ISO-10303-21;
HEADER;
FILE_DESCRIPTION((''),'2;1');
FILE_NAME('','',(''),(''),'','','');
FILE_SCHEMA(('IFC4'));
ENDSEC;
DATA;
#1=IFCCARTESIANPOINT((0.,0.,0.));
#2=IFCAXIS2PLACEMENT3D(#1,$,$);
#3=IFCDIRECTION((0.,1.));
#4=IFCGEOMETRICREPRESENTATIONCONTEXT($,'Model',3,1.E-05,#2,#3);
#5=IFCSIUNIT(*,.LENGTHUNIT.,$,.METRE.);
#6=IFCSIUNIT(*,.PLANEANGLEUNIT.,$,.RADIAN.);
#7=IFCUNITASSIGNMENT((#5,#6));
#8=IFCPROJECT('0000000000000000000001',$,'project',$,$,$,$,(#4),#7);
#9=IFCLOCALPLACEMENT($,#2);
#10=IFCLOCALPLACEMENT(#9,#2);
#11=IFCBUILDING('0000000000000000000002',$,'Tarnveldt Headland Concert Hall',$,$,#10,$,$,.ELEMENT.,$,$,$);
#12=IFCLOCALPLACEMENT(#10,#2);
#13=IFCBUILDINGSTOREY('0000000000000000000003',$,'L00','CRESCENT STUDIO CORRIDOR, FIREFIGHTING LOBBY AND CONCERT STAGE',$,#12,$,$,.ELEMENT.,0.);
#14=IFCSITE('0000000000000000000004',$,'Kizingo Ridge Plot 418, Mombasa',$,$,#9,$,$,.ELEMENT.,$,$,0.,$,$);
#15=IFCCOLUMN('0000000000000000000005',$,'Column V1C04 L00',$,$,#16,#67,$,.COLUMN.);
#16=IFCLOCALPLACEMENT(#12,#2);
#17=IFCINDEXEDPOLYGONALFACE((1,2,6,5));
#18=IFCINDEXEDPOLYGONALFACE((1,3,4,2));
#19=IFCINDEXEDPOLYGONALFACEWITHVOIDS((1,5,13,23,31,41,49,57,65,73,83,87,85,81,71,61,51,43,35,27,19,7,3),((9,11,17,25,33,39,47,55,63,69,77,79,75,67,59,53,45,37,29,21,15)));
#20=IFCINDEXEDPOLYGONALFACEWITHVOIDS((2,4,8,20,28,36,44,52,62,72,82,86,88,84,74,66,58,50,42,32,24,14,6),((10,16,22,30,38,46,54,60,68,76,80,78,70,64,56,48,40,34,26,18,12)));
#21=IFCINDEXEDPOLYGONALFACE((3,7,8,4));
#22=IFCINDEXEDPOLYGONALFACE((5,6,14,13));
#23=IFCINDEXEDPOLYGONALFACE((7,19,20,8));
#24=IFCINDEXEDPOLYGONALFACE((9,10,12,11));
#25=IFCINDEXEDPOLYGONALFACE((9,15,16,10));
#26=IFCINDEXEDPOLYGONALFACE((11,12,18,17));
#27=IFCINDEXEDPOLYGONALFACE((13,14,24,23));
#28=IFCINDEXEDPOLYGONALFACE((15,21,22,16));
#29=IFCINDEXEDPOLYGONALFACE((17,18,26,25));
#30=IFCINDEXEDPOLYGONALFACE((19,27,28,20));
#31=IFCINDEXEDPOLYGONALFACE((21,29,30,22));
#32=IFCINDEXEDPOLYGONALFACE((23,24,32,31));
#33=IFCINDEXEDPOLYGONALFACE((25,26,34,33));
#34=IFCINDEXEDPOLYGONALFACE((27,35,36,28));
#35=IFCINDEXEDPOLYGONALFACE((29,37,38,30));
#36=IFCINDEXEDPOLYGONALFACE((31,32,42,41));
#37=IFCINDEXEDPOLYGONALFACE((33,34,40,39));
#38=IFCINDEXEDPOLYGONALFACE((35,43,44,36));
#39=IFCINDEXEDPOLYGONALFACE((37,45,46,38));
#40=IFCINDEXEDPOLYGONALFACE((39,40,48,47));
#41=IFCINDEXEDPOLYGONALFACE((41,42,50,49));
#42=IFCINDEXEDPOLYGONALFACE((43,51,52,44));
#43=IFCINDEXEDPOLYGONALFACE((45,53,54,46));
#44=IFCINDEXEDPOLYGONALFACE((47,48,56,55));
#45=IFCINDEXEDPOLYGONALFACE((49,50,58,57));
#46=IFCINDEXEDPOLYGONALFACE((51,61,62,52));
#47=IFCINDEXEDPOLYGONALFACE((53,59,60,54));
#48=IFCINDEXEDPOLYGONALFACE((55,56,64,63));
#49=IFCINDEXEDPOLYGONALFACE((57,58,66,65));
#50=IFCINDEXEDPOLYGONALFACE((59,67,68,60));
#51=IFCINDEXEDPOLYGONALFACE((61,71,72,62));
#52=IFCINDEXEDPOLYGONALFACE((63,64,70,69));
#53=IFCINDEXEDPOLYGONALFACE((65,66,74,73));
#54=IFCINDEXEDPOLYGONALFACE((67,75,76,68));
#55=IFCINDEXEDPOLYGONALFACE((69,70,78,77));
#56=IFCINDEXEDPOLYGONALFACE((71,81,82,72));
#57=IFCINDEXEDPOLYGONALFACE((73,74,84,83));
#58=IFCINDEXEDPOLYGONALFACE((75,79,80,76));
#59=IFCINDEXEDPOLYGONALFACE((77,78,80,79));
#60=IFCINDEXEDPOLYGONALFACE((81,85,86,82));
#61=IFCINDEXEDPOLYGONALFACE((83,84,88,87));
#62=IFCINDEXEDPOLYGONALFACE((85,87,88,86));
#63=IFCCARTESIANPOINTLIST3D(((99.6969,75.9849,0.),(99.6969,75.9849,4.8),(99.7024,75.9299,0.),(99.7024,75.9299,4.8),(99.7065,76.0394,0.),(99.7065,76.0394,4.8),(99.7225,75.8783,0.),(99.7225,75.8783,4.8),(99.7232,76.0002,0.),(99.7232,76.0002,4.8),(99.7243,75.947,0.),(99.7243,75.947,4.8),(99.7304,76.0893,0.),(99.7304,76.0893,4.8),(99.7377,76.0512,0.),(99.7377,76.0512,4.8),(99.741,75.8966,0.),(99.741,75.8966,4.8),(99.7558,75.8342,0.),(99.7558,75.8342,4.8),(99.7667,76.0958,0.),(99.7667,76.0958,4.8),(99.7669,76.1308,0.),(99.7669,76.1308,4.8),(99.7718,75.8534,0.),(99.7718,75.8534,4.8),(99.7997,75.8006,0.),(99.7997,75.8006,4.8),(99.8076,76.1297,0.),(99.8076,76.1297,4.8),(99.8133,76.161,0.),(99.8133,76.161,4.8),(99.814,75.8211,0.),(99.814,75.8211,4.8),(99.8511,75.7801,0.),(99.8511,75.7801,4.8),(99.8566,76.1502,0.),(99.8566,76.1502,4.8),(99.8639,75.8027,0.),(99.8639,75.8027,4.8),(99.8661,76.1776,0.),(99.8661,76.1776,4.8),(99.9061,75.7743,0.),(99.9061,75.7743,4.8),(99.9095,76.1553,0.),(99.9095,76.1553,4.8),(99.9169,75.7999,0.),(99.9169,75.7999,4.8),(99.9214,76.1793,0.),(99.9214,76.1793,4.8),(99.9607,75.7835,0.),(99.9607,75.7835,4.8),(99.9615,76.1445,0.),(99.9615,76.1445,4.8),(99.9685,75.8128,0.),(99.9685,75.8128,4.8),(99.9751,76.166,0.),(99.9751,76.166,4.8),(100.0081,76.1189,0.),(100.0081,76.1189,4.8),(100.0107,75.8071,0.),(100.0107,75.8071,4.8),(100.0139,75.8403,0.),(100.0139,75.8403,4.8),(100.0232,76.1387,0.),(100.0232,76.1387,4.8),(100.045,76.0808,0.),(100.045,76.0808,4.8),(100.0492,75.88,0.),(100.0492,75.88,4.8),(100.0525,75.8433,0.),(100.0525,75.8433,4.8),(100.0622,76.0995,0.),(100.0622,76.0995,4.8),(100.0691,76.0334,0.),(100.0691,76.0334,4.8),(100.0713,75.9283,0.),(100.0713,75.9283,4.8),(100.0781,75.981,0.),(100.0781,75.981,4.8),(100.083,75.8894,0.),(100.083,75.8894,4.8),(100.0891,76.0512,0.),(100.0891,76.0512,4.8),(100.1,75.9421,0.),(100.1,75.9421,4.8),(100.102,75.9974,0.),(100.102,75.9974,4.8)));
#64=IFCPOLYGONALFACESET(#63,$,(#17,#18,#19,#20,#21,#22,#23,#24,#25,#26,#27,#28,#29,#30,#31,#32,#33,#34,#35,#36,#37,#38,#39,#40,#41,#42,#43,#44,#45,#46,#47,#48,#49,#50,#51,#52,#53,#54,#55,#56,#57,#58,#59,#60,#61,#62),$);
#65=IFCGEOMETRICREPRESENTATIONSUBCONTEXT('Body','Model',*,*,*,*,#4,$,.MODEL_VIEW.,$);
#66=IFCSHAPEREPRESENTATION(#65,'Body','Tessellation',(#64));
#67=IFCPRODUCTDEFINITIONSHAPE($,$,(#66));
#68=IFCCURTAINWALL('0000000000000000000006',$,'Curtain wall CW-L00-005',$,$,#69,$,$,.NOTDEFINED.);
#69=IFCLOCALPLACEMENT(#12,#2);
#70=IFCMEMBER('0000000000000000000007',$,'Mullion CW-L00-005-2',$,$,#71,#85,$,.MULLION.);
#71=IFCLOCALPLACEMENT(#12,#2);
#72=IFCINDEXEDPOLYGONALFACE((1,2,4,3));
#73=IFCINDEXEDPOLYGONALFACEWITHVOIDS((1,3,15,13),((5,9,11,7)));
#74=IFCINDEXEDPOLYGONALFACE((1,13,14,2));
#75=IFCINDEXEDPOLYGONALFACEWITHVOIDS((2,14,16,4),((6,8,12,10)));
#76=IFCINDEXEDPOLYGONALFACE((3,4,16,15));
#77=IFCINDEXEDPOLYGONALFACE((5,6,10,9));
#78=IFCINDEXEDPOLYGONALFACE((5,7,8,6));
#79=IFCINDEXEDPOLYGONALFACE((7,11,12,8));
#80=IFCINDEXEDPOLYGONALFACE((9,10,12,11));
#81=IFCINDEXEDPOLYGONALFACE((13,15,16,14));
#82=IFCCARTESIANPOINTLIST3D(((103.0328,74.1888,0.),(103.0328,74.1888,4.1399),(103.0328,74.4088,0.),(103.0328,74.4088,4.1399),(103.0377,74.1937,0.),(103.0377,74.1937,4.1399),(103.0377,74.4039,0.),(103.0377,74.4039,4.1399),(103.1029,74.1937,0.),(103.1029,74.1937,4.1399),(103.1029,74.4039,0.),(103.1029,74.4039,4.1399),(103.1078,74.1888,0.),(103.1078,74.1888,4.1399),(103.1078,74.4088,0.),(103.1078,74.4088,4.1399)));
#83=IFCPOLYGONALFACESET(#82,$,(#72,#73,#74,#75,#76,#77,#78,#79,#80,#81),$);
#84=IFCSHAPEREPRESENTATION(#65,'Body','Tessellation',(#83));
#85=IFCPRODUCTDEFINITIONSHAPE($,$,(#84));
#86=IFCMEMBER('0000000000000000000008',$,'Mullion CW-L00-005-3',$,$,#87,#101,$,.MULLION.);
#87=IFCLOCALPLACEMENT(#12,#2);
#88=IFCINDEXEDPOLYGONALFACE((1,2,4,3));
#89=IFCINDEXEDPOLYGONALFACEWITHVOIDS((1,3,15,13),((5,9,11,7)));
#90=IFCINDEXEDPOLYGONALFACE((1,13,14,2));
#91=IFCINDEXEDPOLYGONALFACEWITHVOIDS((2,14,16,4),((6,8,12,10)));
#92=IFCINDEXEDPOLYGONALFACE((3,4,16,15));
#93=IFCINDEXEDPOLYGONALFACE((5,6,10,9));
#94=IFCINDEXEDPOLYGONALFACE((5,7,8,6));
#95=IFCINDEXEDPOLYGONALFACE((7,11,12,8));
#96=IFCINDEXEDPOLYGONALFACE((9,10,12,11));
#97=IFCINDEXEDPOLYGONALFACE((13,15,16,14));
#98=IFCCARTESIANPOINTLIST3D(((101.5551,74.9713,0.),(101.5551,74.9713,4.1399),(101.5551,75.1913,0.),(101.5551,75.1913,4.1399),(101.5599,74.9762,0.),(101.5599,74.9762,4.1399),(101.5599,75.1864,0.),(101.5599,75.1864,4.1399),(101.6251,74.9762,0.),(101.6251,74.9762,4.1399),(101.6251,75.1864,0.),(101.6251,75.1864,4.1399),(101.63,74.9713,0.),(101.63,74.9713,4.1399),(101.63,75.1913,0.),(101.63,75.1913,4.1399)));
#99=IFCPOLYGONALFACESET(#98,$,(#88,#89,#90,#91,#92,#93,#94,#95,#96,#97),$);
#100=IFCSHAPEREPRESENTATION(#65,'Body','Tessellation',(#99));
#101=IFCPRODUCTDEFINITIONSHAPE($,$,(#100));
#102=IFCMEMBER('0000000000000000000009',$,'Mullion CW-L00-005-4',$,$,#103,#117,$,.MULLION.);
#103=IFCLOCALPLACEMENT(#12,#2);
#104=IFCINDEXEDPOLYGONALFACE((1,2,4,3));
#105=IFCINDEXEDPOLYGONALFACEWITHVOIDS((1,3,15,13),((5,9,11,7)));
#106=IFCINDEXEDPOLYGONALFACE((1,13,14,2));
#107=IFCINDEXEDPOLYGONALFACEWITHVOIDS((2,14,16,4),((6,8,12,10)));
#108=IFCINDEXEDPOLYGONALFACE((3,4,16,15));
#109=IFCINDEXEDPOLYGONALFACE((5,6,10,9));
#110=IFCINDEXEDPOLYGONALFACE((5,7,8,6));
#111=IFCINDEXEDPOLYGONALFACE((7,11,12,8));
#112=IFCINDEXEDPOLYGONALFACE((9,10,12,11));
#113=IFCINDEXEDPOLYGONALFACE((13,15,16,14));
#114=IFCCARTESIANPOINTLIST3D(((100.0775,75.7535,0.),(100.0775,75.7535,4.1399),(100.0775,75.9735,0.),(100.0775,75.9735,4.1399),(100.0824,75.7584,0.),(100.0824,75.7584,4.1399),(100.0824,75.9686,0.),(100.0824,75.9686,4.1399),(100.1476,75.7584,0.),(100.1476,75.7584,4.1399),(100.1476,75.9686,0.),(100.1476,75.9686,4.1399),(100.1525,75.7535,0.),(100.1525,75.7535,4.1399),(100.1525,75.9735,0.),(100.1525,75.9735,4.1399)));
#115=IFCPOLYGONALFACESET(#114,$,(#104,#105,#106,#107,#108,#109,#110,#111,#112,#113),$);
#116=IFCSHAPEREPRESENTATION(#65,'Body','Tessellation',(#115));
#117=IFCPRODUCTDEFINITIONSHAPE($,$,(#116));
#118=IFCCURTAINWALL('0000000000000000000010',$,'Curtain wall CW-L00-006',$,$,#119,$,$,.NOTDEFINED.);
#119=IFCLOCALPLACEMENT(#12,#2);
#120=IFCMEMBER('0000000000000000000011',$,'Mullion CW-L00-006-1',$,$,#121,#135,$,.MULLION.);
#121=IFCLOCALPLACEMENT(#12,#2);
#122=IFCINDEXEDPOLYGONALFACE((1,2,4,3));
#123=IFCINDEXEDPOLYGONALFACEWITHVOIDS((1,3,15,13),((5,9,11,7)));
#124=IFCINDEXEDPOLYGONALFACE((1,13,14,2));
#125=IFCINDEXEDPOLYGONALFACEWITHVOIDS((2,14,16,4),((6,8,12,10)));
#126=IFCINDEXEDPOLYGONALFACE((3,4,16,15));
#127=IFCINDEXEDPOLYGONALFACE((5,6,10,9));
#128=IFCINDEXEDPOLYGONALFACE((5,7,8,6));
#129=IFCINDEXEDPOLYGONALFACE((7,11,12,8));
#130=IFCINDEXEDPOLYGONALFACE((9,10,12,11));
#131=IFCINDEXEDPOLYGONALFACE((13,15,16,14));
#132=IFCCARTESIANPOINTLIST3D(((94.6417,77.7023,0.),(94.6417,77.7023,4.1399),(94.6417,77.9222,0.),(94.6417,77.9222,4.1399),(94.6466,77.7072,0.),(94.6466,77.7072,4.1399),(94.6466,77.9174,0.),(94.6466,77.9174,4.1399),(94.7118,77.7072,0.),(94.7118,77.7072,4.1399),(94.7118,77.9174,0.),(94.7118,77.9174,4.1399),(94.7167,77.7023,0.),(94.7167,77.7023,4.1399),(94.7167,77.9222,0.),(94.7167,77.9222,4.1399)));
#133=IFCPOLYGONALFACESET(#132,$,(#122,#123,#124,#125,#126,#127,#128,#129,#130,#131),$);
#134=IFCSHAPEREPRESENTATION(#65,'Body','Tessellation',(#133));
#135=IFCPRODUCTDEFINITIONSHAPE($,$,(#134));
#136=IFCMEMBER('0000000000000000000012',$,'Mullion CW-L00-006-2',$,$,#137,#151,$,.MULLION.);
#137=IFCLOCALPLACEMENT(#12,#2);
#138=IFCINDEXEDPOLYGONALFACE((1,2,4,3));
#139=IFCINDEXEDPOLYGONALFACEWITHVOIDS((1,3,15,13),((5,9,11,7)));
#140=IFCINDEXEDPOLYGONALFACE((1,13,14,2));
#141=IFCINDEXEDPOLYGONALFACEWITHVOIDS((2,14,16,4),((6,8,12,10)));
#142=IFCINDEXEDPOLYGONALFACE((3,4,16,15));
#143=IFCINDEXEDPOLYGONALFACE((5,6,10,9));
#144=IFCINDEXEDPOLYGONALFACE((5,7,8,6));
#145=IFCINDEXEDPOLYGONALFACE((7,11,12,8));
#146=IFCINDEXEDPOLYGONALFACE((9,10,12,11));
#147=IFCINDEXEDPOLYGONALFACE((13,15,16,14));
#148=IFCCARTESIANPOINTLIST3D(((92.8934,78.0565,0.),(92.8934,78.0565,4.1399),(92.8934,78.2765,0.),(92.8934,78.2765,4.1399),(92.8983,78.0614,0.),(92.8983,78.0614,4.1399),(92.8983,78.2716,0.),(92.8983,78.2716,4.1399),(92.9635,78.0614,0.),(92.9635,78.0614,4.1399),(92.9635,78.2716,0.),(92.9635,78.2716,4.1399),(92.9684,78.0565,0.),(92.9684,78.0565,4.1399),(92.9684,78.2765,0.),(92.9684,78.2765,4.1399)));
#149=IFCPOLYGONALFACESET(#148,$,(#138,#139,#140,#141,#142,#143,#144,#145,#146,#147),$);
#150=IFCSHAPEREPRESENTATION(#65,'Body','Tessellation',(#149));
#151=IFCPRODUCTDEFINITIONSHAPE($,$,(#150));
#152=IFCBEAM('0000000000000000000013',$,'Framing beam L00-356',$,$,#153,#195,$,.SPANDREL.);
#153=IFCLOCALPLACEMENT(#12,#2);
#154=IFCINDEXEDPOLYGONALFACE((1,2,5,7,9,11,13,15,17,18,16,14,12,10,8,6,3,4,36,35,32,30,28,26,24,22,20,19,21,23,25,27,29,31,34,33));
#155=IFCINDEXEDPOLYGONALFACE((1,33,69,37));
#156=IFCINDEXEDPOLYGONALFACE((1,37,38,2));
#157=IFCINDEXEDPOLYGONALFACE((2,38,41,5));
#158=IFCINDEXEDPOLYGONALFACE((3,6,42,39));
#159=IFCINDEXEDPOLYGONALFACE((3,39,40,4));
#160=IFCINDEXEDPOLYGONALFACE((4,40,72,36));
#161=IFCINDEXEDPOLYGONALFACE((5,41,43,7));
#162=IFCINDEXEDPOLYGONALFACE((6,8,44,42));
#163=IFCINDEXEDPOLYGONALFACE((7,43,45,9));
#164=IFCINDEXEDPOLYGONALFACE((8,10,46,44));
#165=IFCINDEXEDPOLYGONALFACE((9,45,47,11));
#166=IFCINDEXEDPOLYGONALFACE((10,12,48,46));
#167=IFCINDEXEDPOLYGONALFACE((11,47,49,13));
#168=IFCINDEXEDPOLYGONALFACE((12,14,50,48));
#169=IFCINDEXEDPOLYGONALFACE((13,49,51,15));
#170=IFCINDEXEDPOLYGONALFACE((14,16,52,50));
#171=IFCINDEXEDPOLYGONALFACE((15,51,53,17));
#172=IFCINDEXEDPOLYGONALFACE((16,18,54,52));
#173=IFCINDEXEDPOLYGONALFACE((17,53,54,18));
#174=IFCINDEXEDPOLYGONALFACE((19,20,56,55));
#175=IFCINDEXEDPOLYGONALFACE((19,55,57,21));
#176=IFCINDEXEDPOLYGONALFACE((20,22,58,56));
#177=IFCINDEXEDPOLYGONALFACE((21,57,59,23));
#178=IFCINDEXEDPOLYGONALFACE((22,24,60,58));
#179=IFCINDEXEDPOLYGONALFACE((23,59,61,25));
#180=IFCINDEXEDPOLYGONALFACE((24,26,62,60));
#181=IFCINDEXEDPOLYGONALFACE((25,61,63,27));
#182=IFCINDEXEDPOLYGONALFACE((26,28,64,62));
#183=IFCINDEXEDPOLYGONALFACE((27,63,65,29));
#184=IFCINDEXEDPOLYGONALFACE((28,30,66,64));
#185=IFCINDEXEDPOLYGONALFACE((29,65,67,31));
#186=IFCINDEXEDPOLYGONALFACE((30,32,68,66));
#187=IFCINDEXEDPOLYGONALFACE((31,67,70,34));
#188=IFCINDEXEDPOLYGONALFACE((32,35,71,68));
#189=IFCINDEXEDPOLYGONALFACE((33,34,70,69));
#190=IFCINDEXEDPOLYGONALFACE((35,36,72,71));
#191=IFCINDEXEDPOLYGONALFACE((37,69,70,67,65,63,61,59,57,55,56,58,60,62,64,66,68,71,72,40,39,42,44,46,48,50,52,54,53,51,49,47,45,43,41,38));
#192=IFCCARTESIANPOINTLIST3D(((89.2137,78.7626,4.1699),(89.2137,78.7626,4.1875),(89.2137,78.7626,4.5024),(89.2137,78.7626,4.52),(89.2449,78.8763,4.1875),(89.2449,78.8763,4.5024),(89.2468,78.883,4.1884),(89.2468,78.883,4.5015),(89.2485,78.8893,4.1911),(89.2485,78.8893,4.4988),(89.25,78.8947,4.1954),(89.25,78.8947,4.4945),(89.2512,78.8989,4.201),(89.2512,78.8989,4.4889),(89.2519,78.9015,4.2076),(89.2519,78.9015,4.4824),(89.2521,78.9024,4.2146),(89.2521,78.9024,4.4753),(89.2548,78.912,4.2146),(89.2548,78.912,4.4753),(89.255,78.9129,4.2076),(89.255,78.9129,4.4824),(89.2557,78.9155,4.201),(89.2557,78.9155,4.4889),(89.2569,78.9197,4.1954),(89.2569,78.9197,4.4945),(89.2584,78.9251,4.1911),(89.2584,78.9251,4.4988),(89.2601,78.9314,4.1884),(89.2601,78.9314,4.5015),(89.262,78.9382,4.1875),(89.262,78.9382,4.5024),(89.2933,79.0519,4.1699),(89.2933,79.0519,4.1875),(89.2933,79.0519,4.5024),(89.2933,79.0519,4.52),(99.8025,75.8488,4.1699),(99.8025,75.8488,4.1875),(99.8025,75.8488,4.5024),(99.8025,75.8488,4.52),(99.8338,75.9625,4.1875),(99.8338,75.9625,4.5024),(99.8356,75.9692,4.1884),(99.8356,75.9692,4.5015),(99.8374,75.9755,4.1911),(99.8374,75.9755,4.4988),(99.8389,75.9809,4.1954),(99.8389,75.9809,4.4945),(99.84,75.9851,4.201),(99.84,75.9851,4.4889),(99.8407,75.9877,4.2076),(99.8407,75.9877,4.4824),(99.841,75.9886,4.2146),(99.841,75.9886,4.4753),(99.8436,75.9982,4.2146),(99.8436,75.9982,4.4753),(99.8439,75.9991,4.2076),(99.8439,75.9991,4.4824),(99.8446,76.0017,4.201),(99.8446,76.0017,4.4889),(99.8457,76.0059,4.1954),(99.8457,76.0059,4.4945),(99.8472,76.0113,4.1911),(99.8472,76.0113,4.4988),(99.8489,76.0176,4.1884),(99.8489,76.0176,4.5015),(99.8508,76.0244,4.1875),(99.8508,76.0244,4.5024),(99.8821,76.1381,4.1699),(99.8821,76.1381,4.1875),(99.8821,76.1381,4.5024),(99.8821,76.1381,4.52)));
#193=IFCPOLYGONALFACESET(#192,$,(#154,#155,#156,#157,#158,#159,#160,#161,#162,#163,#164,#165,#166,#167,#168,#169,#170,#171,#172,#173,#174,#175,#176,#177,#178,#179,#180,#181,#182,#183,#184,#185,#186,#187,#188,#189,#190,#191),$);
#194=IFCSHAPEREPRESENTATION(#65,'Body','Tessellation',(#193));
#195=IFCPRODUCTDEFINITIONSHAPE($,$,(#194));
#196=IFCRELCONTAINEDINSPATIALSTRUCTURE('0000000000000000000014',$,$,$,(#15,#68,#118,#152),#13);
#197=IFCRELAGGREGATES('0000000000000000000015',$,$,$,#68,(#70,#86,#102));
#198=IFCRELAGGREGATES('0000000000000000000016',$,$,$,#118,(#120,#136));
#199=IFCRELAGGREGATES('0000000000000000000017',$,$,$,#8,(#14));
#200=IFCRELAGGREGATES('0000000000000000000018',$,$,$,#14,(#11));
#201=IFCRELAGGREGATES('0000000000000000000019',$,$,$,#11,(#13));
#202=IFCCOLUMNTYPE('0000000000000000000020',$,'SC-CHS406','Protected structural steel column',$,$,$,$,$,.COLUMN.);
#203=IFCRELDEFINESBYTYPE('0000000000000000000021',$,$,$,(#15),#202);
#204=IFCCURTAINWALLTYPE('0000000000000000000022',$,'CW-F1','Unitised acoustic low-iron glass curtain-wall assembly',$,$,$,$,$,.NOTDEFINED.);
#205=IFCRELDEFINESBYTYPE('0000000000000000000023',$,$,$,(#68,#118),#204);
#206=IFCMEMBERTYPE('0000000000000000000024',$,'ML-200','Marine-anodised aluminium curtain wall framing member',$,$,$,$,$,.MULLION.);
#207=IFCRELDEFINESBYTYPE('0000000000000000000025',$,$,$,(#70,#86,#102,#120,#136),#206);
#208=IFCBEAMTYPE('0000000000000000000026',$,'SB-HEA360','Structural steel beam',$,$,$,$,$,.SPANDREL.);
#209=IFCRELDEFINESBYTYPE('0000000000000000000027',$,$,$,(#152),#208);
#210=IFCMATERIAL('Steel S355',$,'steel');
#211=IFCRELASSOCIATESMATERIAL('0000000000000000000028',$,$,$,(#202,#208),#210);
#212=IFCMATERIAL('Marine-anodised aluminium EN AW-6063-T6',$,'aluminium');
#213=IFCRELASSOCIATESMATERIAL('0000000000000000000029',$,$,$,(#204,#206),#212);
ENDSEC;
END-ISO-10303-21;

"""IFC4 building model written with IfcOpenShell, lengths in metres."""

from ifc_helpers import new_model, si_unit, direction, frame, origin, origin_2d, place, context, subcontext, project, spatial, hollow_rectangle, hollow_circle, i_section, extrude, material, material_profile, profile_set, type_object, element, aggregate, save


model = new_model("IFC4")

# Units and contexts
model_context = context("Model", 3, precision=1e-05, world=origin(), true_north=direction((0.0, 1.0)))
body_context = subcontext(model_context, "Body", "Model", "MODEL_VIEW")
ifc_project = project(units=[si_unit("LENGTHUNIT", "METRE"), si_unit("PLANEANGLEUNIT", "RADIAN")], contexts=[model_context])

# Site, building, storey
site_placement = place(None, origin())
site = spatial("IfcSite", under=ifc_project, at=site_placement, Name="Kizingo Ridge Plot 418, Mombasa", CompositionType="ELEMENT", RefElevation=0.0)
building_placement = place(site_placement, origin())
building = spatial("IfcBuilding", under=site, at=building_placement, Name="Tarnveldt Headland Concert Hall", CompositionType="ELEMENT")
storey_placement = place(building_placement, origin())
storey = spatial("IfcBuildingStorey", under=building, at=storey_placement, Name="L00", Description="CRESCENT STUDIO CORRIDOR, FIREFIGHTING LOBBY AND CONCERT STAGE", CompositionType="ELEMENT", Elevation=0.0)

# Column
ifc_material_1 = material(Name="Steel S355", Category="steel")
ifc_material_profile_1 = material_profile(ifc_material_1, hollow_circle(Radius=0.2031, WallThickness=0.0249, at=origin_2d()), Name="CHS 406.4x25", Category="steel")
ifc_profile_set_1 = profile_set([ifc_material_profile_1], Name="Steel S355")
column_type = type_object("IfcColumnType", Name="SC-CHS406", Description="Protected structural steel column", PredefinedType="COLUMN", material=ifc_profile_set_1)
column_placement = place(storey_placement, frame((99.8999, 75.9773, 0.0), z_axis=(0.0, 0.0, 1.0), x_axis=(0.60696, 0.794733, 0.0)))
element("IfcColumn", 1, at=column_placement, inside=storey, type_object=column_type, Name="Column V1C04 L00", PredefinedType="COLUMN", context=body_context, shape_type="SweptSolid", body=[
    extrude(hollow_circle(Radius=0.2031, WallThickness=0.0249, at=origin_2d()), origin(), (0.0, 0.0, 1.0), 4.8),
])

# Curtain walls, members
ifc_material_2 = material(Name="Marine-anodised aluminium EN AW-6063-T6", Category="aluminium")
curtain_wall_type = type_object("IfcCurtainWallType", Name="CW-F1", Description="Unitised acoustic low-iron glass curtain-wall assembly", PredefinedType="NOTDEFINED", material=ifc_material_2)
curtain_wall_1_placement = place(storey_placement, origin())
curtain_wall_1 = element("IfcCurtainWall", 2, at=curtain_wall_1_placement, inside=storey, type_object=curtain_wall_type, Name="Curtain wall CW-L00-005", PredefinedType="NOTDEFINED")
ifc_material_profile_2 = material_profile(ifc_material_2, hollow_rectangle(XDim=0.075, YDim=0.22, WallThickness=0.0049, at=origin_2d()), Name="ALU MULLION 75x220x5", Category="aluminium")
ifc_profile_set_2 = profile_set([ifc_material_profile_2], Name="Marine-anodised aluminium EN AW-6063-T6")
member_type_1 = type_object("IfcMemberType", Name="ML-200", Description="Marine-anodised aluminium curtain wall framing member", PredefinedType="MULLION", material=ifc_profile_set_2)
member_1_placement = place(storey_placement, frame((103.0703, 74.2988, 0.0), z_axis=(0.0, 0.0, 1.0), x_axis=(1.0, 0.0, 0.0)))
member_1 = element("IfcMember", 3, at=member_1_placement, type_object=member_type_1, Name="Mullion CW-L00-005-2", PredefinedType="MULLION", context=body_context, shape_type="SweptSolid", body=[
    extrude(hollow_rectangle(XDim=0.075, YDim=0.22, WallThickness=0.0049, at=origin_2d()), origin(), (0.0, 0.0, 1.0), 4.1399),
])
member_2_placement = place(storey_placement, frame((101.5925, 75.0813, 0.0), z_axis=(0.0, 0.0, 1.0), x_axis=(1.0, 0.0, 0.0)))
member_2 = element("IfcMember", 4, at=member_2_placement, type_object=member_type_1, Name="Mullion CW-L00-005-3", PredefinedType="MULLION", context=body_context, shape_type="SweptSolid", body=[
    extrude(hollow_rectangle(XDim=0.075, YDim=0.22, WallThickness=0.0049, at=origin_2d()), origin(), (0.0, 0.0, 1.0), 4.1399),
])
member_3_placement = place(storey_placement, frame((100.115, 75.8635, 0.0), z_axis=(0.0, 0.0, 1.0), x_axis=(1.0, 0.0, 0.0)))
member_3 = element("IfcMember", 5, at=member_3_placement, type_object=member_type_1, Name="Mullion CW-L00-005-4", PredefinedType="MULLION", context=body_context, shape_type="SweptSolid", body=[
    extrude(hollow_rectangle(XDim=0.075, YDim=0.22, WallThickness=0.0049, at=origin_2d()), origin(), (0.0, 0.0, 1.0), 4.1399),
])
curtain_wall_2_placement = place(storey_placement, origin())
curtain_wall_2 = element("IfcCurtainWall", 6, at=curtain_wall_2_placement, inside=storey, type_object=curtain_wall_type, Name="Curtain wall CW-L00-006", PredefinedType="NOTDEFINED")
member_4_placement = place(storey_placement, frame((94.6792, 77.8123, 0.0), z_axis=(0.0, 0.0, 1.0), x_axis=(1.0, 0.0, 0.0)))
member_4 = element("IfcMember", 7, at=member_4_placement, type_object=member_type_1, Name="Mullion CW-L00-006-1", PredefinedType="MULLION", context=body_context, shape_type="SweptSolid", body=[
    extrude(hollow_rectangle(XDim=0.075, YDim=0.22, WallThickness=0.0049, at=origin_2d()), origin(), (0.0, 0.0, 1.0), 4.1399),
])
member_5_placement = place(storey_placement, frame((92.9309, 78.1665, 0.0), z_axis=(0.0, 0.0, 1.0), x_axis=(1.0, 0.0, 0.0)))
member_5 = element("IfcMember", 8, at=member_5_placement, type_object=member_type_1, Name="Mullion CW-L00-006-2", PredefinedType="MULLION", context=body_context, shape_type="SweptSolid", body=[
    extrude(hollow_rectangle(XDim=0.075, YDim=0.22, WallThickness=0.0049, at=origin_2d()), origin(), (0.0, 0.0, 1.0), 4.1399),
])

# Beam
ifc_material_profile_3 = material_profile(ifc_material_1, i_section(OverallWidth=0.3, OverallDepth=0.3501, WebThickness=0.01, FlangeThickness=0.0176, FilletRadius=0.0271, at=origin_2d()), Name="HEA360", Category="steel")
ifc_profile_set_3 = profile_set([ifc_material_profile_3], Name="Steel S355")
beam_type = type_object("IfcBeamType", Name="SB-HEA360", Description="Structural steel beam", PredefinedType="SPANDREL", material=ifc_profile_set_3)
beam_placement = place(storey_placement, frame((99.8423, 75.9934, 4.345), z_axis=(-0.964162, 0.265316, 0.0), x_axis=(-0.265316, -0.964162, 0.0)))
element("IfcBeam", 9, at=beam_placement, inside=storey, type_object=beam_type, Name="Framing beam L00-356", PredefinedType="SPANDREL", context=body_context, shape_type="SweptSolid", body=[
    extrude(i_section(OverallWidth=0.3, OverallDepth=0.3501, WebThickness=0.01, FlangeThickness=0.0176, FilletRadius=0.0271, at=origin_2d()), origin(), (0.0, 0.0, 1.0), 10.9824),
])

aggregate(curtain_wall_1, [member_1, member_2, member_3])
aggregate(curtain_wall_2, [member_4, member_5])

save(model, "model.ifc")
